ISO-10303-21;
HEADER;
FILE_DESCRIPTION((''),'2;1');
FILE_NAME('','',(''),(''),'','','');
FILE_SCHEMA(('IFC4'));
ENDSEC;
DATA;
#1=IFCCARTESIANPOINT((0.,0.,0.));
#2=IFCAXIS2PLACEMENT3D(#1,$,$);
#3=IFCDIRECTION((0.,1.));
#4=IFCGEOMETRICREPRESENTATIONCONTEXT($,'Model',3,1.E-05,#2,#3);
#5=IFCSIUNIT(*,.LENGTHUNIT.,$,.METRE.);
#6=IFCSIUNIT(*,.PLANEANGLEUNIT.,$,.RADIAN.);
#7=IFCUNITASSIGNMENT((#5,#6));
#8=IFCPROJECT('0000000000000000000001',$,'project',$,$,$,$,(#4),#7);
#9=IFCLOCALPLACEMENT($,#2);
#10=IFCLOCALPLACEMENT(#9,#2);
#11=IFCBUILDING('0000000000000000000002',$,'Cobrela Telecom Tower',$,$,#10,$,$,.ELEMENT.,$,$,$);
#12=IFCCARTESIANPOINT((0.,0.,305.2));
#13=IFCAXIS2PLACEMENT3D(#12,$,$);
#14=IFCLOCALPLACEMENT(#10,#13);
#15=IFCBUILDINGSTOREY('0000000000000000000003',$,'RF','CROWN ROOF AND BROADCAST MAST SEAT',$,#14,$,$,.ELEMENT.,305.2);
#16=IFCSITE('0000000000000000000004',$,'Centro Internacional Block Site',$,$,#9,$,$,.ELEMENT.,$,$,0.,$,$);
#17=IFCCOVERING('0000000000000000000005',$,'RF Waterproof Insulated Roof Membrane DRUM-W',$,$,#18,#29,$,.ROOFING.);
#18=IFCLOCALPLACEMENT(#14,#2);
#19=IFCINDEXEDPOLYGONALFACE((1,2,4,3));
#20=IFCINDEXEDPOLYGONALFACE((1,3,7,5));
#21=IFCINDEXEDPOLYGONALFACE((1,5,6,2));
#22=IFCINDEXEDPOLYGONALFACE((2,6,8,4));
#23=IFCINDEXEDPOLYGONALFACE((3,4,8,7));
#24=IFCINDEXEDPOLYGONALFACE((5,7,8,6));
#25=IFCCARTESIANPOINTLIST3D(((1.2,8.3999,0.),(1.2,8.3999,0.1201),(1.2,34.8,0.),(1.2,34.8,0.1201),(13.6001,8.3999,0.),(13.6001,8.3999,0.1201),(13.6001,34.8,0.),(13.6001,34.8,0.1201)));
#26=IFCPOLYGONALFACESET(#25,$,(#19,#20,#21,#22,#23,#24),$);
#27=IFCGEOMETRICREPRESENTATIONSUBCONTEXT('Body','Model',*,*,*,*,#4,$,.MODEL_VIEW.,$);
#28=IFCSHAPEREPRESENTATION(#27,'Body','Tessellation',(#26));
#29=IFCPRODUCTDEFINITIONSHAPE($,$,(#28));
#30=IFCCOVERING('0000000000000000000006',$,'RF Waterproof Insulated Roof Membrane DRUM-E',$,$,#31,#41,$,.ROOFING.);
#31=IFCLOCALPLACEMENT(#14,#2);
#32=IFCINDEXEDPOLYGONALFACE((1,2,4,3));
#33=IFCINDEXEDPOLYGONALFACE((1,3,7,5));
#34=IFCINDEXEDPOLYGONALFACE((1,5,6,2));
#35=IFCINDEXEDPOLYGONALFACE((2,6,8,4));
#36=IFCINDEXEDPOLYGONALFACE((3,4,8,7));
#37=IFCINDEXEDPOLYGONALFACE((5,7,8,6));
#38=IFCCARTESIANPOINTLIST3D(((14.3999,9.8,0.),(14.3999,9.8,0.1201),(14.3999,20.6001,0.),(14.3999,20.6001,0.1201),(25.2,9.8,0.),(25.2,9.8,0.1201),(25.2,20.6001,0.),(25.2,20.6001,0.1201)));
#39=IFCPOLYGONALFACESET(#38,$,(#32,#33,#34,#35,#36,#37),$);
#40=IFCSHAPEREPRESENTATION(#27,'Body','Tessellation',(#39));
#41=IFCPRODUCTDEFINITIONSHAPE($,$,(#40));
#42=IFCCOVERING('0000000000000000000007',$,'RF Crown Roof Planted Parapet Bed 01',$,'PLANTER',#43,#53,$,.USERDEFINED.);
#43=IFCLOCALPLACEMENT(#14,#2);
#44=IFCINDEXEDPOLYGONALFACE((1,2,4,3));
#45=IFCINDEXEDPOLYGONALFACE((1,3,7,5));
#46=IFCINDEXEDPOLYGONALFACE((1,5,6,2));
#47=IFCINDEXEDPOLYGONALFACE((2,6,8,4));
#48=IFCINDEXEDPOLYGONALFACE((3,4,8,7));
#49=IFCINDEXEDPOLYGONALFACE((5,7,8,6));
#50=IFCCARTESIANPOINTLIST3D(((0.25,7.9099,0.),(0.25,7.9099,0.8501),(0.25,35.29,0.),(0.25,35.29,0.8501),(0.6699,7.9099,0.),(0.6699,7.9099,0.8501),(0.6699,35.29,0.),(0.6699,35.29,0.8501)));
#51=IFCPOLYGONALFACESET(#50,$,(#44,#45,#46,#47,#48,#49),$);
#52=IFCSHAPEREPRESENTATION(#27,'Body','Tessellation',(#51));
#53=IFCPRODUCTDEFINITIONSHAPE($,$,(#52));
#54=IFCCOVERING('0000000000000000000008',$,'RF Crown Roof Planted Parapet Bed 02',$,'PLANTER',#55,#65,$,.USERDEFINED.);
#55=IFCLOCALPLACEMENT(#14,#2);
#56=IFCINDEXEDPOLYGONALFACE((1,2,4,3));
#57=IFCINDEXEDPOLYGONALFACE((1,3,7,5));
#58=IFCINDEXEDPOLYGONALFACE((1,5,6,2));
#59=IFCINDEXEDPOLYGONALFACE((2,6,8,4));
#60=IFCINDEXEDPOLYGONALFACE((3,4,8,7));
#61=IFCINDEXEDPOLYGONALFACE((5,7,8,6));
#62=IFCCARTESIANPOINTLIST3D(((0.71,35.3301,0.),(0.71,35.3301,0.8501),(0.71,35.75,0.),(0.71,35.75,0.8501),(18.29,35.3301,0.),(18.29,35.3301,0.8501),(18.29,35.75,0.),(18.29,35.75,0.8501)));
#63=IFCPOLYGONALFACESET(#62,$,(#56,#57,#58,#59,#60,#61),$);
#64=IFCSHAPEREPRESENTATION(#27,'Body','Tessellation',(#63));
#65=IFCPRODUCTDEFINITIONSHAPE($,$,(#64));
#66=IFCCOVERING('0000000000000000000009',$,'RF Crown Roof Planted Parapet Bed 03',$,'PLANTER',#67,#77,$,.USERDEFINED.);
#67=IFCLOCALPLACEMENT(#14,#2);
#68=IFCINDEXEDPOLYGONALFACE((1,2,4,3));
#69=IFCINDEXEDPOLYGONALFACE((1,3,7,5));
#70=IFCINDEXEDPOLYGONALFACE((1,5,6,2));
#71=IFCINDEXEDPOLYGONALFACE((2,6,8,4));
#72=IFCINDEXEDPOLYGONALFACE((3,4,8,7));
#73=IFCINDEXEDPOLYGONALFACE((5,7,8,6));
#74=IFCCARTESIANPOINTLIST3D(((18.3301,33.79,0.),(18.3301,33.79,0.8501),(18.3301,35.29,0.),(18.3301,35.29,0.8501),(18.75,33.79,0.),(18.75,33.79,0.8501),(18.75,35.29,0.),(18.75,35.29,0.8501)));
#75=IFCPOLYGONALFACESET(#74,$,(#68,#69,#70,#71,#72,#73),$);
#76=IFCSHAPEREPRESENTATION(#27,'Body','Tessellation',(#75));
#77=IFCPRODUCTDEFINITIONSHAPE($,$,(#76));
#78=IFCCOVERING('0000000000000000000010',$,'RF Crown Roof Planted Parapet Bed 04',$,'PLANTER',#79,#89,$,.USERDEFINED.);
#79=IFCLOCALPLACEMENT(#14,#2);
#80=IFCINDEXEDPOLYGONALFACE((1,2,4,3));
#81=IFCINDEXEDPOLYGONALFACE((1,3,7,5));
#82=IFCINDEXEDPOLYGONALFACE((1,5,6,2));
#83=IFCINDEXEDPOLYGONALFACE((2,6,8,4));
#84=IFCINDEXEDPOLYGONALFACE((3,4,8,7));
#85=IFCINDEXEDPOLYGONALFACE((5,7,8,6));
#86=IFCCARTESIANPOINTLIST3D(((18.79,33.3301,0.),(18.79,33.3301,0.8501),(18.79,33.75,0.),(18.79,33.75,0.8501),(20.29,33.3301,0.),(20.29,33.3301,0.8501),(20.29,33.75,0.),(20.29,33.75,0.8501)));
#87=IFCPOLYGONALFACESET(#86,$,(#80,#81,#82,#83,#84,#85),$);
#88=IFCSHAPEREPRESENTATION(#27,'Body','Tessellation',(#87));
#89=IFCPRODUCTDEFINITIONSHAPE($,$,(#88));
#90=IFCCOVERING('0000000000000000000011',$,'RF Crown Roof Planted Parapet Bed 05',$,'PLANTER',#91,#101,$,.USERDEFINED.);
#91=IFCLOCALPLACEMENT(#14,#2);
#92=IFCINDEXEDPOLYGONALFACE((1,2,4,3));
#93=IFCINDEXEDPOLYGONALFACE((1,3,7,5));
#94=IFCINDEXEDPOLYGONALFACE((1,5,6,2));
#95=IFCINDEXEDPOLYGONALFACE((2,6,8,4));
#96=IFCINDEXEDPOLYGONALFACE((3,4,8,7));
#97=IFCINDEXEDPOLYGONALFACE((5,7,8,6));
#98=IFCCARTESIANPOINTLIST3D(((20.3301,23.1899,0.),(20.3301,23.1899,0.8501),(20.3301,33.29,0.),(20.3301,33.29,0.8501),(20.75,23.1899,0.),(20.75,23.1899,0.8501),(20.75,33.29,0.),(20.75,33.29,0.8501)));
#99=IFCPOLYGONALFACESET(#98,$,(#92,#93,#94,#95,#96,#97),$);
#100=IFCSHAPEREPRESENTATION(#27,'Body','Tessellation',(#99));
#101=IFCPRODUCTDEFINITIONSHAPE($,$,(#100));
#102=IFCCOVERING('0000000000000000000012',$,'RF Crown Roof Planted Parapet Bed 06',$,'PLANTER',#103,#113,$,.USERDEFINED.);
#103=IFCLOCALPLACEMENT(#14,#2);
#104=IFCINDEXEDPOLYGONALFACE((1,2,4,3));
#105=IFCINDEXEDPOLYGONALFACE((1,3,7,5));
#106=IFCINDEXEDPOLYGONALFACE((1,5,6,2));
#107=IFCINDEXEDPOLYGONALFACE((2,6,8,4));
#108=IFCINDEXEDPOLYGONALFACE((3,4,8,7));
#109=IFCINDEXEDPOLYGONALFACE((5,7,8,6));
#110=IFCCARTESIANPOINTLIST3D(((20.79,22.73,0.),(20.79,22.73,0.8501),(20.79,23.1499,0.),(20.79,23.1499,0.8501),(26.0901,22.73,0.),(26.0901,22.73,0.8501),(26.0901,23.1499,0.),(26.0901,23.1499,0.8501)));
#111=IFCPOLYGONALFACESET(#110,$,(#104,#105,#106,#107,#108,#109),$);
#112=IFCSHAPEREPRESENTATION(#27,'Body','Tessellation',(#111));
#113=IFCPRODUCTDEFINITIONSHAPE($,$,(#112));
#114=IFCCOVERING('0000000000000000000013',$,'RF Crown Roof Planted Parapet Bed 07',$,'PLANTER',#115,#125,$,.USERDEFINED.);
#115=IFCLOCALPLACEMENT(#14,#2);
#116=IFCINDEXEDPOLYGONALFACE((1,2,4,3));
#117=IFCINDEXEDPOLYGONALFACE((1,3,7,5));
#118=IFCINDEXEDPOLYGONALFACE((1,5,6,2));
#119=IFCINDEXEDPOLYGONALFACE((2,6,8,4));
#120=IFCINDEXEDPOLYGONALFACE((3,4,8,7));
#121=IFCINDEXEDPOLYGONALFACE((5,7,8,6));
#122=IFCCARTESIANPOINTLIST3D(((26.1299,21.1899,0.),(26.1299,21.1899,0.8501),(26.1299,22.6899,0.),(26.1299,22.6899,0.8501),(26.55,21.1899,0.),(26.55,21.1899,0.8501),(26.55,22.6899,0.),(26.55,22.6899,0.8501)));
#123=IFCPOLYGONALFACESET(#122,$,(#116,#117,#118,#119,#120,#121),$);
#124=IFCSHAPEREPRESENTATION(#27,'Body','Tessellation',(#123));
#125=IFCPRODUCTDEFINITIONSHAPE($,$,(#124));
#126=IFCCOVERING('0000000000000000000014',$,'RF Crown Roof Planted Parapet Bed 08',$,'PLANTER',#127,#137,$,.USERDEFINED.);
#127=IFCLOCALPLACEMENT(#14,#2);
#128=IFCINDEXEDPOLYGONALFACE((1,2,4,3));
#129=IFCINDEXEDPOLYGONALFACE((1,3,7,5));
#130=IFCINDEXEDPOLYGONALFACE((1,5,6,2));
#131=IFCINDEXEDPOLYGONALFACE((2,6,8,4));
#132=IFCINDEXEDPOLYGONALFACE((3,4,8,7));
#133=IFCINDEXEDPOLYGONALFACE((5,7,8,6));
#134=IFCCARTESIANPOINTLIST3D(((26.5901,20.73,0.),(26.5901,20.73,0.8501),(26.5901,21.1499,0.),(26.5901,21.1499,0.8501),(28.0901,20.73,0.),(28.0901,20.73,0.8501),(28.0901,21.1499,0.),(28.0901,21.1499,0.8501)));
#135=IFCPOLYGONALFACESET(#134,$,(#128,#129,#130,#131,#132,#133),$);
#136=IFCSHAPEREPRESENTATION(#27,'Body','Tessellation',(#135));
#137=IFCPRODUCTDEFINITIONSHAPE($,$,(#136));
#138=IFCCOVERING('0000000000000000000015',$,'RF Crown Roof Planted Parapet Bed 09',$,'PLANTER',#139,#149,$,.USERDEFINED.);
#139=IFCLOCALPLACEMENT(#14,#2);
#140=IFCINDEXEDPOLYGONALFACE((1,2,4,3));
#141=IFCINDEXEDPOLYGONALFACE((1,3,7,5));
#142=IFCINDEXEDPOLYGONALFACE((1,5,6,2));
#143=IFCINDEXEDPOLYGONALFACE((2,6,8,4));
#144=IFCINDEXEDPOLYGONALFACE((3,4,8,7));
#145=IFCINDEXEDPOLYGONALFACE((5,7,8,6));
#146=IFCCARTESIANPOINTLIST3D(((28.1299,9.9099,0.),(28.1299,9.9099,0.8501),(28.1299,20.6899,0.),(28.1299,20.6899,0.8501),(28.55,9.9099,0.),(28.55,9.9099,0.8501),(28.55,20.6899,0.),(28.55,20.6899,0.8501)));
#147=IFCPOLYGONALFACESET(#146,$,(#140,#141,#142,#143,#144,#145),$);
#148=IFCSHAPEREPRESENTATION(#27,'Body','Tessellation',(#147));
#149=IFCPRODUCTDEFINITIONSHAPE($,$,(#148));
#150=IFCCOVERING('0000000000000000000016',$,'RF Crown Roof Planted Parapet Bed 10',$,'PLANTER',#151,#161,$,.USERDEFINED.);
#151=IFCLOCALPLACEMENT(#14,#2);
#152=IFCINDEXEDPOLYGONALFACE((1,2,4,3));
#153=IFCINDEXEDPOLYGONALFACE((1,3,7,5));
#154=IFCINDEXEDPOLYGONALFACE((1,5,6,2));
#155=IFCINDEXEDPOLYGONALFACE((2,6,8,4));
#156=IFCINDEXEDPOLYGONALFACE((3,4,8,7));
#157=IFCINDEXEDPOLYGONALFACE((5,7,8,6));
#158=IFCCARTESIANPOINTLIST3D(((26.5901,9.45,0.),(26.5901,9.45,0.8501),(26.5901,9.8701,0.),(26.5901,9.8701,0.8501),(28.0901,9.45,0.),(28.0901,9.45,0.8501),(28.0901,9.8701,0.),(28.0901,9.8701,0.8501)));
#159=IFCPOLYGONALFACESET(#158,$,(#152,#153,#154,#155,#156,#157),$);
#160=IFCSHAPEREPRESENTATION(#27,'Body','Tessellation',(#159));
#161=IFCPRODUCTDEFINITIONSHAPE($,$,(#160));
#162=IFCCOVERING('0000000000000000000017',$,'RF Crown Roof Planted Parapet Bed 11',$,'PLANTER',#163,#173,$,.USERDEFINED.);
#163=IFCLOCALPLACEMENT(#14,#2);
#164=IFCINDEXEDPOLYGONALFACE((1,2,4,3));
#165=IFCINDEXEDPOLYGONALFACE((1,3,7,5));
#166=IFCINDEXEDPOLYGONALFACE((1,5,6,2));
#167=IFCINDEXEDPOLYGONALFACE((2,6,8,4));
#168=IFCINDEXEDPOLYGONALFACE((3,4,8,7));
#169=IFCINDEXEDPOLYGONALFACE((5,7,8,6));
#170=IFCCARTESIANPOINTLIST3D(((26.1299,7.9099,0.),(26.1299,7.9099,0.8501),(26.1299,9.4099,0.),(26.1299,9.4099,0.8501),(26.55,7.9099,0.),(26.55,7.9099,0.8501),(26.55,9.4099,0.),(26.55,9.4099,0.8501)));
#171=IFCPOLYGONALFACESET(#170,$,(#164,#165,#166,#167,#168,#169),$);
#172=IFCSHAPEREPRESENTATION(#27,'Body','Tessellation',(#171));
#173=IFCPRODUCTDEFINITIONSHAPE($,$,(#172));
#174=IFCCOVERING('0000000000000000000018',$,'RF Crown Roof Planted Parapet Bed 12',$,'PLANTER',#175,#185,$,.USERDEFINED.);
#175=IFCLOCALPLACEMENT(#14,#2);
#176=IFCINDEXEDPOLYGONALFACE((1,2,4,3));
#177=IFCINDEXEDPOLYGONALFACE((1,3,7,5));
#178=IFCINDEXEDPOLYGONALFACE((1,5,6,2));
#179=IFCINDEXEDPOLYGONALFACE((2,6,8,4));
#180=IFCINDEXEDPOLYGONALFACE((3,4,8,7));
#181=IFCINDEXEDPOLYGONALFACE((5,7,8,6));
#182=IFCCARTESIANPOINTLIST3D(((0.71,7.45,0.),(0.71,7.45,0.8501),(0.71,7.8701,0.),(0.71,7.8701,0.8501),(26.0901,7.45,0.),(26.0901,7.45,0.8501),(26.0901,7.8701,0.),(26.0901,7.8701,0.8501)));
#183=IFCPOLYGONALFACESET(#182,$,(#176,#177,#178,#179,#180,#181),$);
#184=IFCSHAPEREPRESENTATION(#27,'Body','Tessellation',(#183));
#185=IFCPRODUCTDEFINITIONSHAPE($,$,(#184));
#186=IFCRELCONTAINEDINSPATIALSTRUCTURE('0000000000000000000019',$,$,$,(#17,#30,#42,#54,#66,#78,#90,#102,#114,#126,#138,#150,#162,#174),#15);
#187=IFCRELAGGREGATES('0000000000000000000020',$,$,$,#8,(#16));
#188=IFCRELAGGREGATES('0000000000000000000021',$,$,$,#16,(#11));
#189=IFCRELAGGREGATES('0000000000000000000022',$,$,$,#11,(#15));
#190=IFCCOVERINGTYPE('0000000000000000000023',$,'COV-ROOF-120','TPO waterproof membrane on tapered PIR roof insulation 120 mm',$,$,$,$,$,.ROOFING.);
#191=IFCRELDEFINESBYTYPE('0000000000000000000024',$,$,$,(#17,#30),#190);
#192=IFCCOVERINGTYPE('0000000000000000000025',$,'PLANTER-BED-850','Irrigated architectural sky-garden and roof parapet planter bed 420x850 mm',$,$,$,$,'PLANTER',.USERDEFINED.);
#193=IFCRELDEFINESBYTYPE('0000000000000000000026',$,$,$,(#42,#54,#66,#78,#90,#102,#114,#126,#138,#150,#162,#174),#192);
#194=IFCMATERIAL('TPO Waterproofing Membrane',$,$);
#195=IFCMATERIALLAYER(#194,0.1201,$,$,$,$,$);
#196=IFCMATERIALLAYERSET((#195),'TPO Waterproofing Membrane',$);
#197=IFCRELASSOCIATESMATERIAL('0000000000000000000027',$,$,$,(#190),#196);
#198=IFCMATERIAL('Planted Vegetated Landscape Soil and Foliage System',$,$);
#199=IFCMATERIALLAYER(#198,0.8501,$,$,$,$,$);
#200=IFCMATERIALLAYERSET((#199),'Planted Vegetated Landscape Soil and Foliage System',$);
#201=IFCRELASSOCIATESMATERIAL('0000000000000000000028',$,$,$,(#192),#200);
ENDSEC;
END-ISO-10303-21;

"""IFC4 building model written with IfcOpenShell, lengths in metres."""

from ifc_helpers import new_model, si_unit, direction, frame, origin, place, context, subcontext, project, spatial, polyline, outline, extrude, material, layer, layer_set, type_object, element, save


model = new_model("IFC4")

# Units and contexts
model_context = context("Model", 3, precision=1e-05, world=origin(), true_north=direction((0.0, 1.0)))
body_context = subcontext(model_context, "Body", "Model", "MODEL_VIEW")
ifc_project = project(units=[si_unit("LENGTHUNIT", "METRE"), si_unit("PLANEANGLEUNIT", "RADIAN")], contexts=[model_context])

# Site, building, storey
site_placement = place(None, origin())
site = spatial("IfcSite", under=ifc_project, at=site_placement, Name="Centro Internacional Block Site", CompositionType="ELEMENT", RefElevation=0.0)
building_placement = place(site_placement, origin())
building = spatial("IfcBuilding", under=site, at=building_placement, Name="Cobrela Telecom Tower", CompositionType="ELEMENT")
storey_placement = place(building_placement, frame((0.0, 0.0, 305.2)))
storey = spatial("IfcBuildingStorey", under=building, at=storey_placement, Name="RF", Description="CROWN ROOF AND BROADCAST MAST SEAT", CompositionType="ELEMENT", Elevation=305.2)

# Coverings
ifc_material_1 = material(Name="TPO Waterproofing Membrane")
ifc_layer_1 = layer(ifc_material_1, 0.1201)
ifc_layer_set_1 = layer_set([ifc_layer_1], Name="TPO Waterproofing Membrane")
covering_type_1 = type_object("IfcCoveringType", Name="COV-ROOF-120", Description="TPO waterproof membrane on tapered PIR roof insulation 120 mm", PredefinedType="ROOFING", material=ifc_layer_set_1)
covering_1_placement = place(storey_placement, origin())
element("IfcCovering", 1, at=covering_1_placement, inside=storey, type_object=covering_type_1, Name="RF Waterproof Insulated Roof Membrane DRUM-W", PredefinedType="ROOFING", context=body_context, shape_type="SweptSolid", body=[
    extrude(outline(polyline([(1.2, 8.3999), (13.6001, 8.3999), (13.6001, 34.8), (1.2, 34.8), (1.2, 8.3999)])), origin(), (0.0, 0.0, 1.0), 0.1201),
])
covering_2_placement = place(storey_placement, origin())
element("IfcCovering", 2, at=covering_2_placement, inside=storey, type_object=covering_type_1, Name="RF Waterproof Insulated Roof Membrane DRUM-E", PredefinedType="ROOFING", context=body_context, shape_type="SweptSolid", body=[
    extrude(outline(polyline([(14.3999, 9.8), (25.2, 9.8), (25.2, 20.6001), (14.3999, 20.6001), (14.3999, 9.8)])), origin(), (0.0, 0.0, 1.0), 0.1201),
])
ifc_material_2 = material(Name="Planted Vegetated Landscape Soil and Foliage System")
ifc_layer_2 = layer(ifc_material_2, 0.8501)
ifc_layer_set_2 = layer_set([ifc_layer_2], Name="Planted Vegetated Landscape Soil and Foliage System")
covering_type_2 = type_object("IfcCoveringType", Name="PLANTER-BED-850", Description="Irrigated architectural sky-garden and roof parapet planter bed 420x850 mm", ElementType="PLANTER", PredefinedType="USERDEFINED", material=ifc_layer_set_2)
covering_3_placement = place(storey_placement, origin())
element("IfcCovering", 3, at=covering_3_placement, inside=storey, type_object=covering_type_2, Name="RF Crown Roof Planted Parapet Bed 01", ObjectType="PLANTER", PredefinedType="USERDEFINED", context=body_context, shape_type="SweptSolid", body=[
    extrude(outline(polyline([(0.6699, 7.9099), (0.6699, 35.29), (0.25, 35.29), (0.25, 7.9099), (0.6699, 7.9099)])), origin(), (0.0, 0.0, 1.0), 0.8501),
])
covering_4_placement = place(storey_placement, origin())
element("IfcCovering", 4, at=covering_4_placement, inside=storey, type_object=covering_type_2, Name="RF Crown Roof Planted Parapet Bed 02", ObjectType="PLANTER", PredefinedType="USERDEFINED", context=body_context, shape_type="SweptSolid", body=[
    extrude(outline(polyline([(0.71, 35.3301), (18.29, 35.3301), (18.29, 35.75), (0.71, 35.75), (0.71, 35.3301)])), origin(), (0.0, 0.0, 1.0), 0.8501),
])
covering_5_placement = place(storey_placement, origin())
element("IfcCovering", 5, at=covering_5_placement, inside=storey, type_object=covering_type_2, Name="RF Crown Roof Planted Parapet Bed 03", ObjectType="PLANTER", PredefinedType="USERDEFINED", context=body_context, shape_type="SweptSolid", body=[
    extrude(outline(polyline([(18.3301, 35.29), (18.3301, 33.79), (18.75, 33.79), (18.75, 35.29), (18.3301, 35.29)])), origin(), (0.0, 0.0, 1.0), 0.8501),
])
covering_6_placement = place(storey_placement, origin())
element("IfcCovering", 6, at=covering_6_placement, inside=storey, type_object=covering_type_2, Name="RF Crown Roof Planted Parapet Bed 04", ObjectType="PLANTER", PredefinedType="USERDEFINED", context=body_context, shape_type="SweptSolid", body=[
    extrude(outline(polyline([(18.79, 33.3301), (20.29, 33.3301), (20.29, 33.75), (18.79, 33.75), (18.79, 33.3301)])), origin(), (0.0, 0.0, 1.0), 0.8501),
])
covering_7_placement = place(storey_placement, origin())
element("IfcCovering", 7, at=covering_7_placement, inside=storey, type_object=covering_type_2, Name="RF Crown Roof Planted Parapet Bed 05", ObjectType="PLANTER", PredefinedType="USERDEFINED", context=body_context, shape_type="SweptSolid", body=[
    extrude(outline(polyline([(20.3301, 33.29), (20.3301, 23.1899), (20.75, 23.1899), (20.75, 33.29), (20.3301, 33.29)])), origin(), (0.0, 0.0, 1.0), 0.8501),
])
covering_8_placement = place(storey_placement, origin())
element("IfcCovering", 8, at=covering_8_placement, inside=storey, type_object=covering_type_2, Name="RF Crown Roof Planted Parapet Bed 06", ObjectType="PLANTER", PredefinedType="USERDEFINED", context=body_context, shape_type="SweptSolid", body=[
    extrude(outline(polyline([(20.79, 22.73), (26.0901, 22.73), (26.0901, 23.1499), (20.79, 23.1499), (20.79, 22.73)])), origin(), (0.0, 0.0, 1.0), 0.8501),
])
covering_9_placement = place(storey_placement, origin())
element("IfcCovering", 9, at=covering_9_placement, inside=storey, type_object=covering_type_2, Name="RF Crown Roof Planted Parapet Bed 07", ObjectType="PLANTER", PredefinedType="USERDEFINED", context=body_context, shape_type="SweptSolid", body=[
    extrude(outline(polyline([(26.1299, 22.6899), (26.1299, 21.1899), (26.55, 21.1899), (26.55, 22.6899), (26.1299, 22.6899)])), origin(), (0.0, 0.0, 1.0), 0.8501),
])
covering_10_placement = place(storey_placement, origin())
element("IfcCovering", 10, at=covering_10_placement, inside=storey, type_object=covering_type_2, Name="RF Crown Roof Planted Parapet Bed 08", ObjectType="PLANTER", PredefinedType="USERDEFINED", context=body_context, shape_type="SweptSolid", body=[
    extrude(outline(polyline([(26.5901, 20.73), (28.0901, 20.73), (28.0901, 21.1499), (26.5901, 21.1499), (26.5901, 20.73)])), origin(), (0.0, 0.0, 1.0), 0.8501),
])
covering_11_placement = place(storey_placement, origin())
element("IfcCovering", 11, at=covering_11_placement, inside=storey, type_object=covering_type_2, Name="RF Crown Roof Planted Parapet Bed 09", ObjectType="PLANTER", PredefinedType="USERDEFINED", context=body_context, shape_type="SweptSolid", body=[
    extrude(outline(polyline([(28.1299, 20.6899), (28.1299, 9.9099), (28.55, 9.9099), (28.55, 20.6899), (28.1299, 20.6899)])), origin(), (0.0, 0.0, 1.0), 0.8501),
])
covering_12_placement = place(storey_placement, origin())
element("IfcCovering", 12, at=covering_12_placement, inside=storey, type_object=covering_type_2, Name="RF Crown Roof Planted Parapet Bed 10", ObjectType="PLANTER", PredefinedType="USERDEFINED", context=body_context, shape_type="SweptSolid", body=[
    extrude(outline(polyline([(28.0901, 9.8701), (26.5901, 9.8701), (26.5901, 9.45), (28.0901, 9.45), (28.0901, 9.8701)])), origin(), (0.0, 0.0, 1.0), 0.8501),
])
covering_13_placement = place(storey_placement, origin())
element("IfcCovering", 13, at=covering_13_placement, inside=storey, type_object=covering_type_2, Name="RF Crown Roof Planted Parapet Bed 11", ObjectType="PLANTER", PredefinedType="USERDEFINED", context=body_context, shape_type="SweptSolid", body=[
    extrude(outline(polyline([(26.1299, 9.4099), (26.1299, 7.9099), (26.55, 7.9099), (26.55, 9.4099), (26.1299, 9.4099)])), origin(), (0.0, 0.0, 1.0), 0.8501),
])
covering_14_placement = place(storey_placement, origin())
element("IfcCovering", 14, at=covering_14_placement, inside=storey, type_object=covering_type_2, Name="RF Crown Roof Planted Parapet Bed 12", ObjectType="PLANTER", PredefinedType="USERDEFINED", context=body_context, shape_type="SweptSolid", body=[
    extrude(outline(polyline([(26.0901, 7.8701), (0.71, 7.8701), (0.71, 7.45), (26.0901, 7.45), (26.0901, 7.8701)])), origin(), (0.0, 0.0, 1.0), 0.8501),
])

save(model, "model.ifc")
